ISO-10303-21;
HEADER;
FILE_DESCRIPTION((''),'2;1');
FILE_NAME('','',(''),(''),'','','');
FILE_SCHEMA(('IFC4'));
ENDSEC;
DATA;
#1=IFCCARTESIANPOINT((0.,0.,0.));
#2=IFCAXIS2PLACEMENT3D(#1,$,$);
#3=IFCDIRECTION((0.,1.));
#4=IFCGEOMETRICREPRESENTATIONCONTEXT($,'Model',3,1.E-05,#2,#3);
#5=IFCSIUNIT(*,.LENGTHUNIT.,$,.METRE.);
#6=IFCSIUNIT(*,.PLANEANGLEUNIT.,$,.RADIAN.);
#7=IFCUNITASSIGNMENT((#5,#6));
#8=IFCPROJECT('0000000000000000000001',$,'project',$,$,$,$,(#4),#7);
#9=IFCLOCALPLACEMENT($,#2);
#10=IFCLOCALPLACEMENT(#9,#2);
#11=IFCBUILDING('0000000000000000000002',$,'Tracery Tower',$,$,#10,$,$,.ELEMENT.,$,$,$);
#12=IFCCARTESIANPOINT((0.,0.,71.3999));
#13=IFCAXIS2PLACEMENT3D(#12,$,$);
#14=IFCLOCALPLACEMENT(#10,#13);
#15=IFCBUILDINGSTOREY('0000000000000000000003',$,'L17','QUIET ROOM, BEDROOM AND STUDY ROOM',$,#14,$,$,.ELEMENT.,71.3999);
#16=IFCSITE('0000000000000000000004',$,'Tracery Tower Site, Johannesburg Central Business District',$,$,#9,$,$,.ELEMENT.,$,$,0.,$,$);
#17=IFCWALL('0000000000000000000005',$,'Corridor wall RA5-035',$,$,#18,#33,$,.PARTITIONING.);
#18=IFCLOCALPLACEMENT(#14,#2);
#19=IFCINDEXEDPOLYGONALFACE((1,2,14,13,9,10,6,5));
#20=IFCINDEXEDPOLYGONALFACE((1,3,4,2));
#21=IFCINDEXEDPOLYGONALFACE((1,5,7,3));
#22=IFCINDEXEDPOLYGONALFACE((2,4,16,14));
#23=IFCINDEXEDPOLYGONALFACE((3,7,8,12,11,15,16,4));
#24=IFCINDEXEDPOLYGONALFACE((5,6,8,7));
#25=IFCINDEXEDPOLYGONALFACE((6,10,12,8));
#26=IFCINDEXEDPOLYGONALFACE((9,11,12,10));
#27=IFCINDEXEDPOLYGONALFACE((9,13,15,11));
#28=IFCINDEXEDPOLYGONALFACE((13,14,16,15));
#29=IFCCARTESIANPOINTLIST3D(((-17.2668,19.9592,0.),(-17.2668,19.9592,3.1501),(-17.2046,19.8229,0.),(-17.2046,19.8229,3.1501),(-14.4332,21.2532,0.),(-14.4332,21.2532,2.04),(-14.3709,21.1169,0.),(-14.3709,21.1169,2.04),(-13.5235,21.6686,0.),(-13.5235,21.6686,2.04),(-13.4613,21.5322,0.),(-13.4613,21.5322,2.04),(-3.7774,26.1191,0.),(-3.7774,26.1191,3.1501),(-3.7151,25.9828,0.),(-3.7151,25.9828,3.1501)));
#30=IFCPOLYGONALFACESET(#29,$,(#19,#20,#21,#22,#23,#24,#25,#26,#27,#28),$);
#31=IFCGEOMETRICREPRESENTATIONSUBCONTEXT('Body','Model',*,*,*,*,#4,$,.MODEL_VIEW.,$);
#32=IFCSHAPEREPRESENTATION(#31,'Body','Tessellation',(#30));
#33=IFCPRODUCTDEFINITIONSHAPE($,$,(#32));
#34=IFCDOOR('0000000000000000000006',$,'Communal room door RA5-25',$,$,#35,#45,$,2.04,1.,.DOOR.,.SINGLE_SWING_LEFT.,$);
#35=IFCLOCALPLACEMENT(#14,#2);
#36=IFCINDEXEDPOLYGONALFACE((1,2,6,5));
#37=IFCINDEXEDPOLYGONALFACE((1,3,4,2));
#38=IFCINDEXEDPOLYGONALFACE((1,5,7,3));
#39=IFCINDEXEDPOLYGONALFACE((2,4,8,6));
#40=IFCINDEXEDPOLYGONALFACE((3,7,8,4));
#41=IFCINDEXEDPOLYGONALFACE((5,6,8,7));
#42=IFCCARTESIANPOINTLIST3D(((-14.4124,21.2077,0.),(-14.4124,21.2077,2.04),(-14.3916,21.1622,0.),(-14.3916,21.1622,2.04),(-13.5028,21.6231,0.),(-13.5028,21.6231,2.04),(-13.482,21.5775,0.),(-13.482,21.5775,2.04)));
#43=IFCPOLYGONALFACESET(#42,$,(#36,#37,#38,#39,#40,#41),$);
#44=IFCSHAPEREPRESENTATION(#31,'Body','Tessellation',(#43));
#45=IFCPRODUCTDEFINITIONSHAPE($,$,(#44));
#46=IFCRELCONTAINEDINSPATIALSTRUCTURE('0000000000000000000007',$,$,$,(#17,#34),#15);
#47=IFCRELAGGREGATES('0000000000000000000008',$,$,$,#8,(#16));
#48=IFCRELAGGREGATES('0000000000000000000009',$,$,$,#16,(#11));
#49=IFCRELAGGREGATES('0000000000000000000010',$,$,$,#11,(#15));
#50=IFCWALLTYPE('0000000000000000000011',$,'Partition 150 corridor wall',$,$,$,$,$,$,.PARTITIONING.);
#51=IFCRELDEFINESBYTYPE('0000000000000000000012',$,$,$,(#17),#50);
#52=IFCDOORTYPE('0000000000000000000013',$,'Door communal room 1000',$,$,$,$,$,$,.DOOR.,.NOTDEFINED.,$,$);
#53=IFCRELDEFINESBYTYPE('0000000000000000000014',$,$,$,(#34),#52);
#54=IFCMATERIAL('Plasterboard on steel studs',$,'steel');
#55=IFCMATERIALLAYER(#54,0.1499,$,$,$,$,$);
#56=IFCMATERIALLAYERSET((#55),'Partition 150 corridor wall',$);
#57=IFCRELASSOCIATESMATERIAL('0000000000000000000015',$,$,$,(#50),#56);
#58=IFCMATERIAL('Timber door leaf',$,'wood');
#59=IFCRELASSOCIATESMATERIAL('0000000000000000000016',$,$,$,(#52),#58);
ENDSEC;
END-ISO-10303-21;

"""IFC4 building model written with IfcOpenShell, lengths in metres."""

from ifc_helpers import new_model, si_unit, direction, frame, frame_2d, origin, place, context, subcontext, project, spatial, rectangle, extrude, material, layer, layer_set, type_object, element, fill, save


model = new_model("IFC4")

# Units and contexts
model_context = context("Model", 3, precision=1e-05, world=origin(), true_north=direction((0.0, 1.0)))
body_context = subcontext(model_context, "Body", "Model", "MODEL_VIEW")
ifc_project = project(units=[si_unit("LENGTHUNIT", "METRE"), si_unit("PLANEANGLEUNIT", "RADIAN")], contexts=[model_context])

# Site, building, storey
site_placement = place(None, origin())
site = spatial("IfcSite", under=ifc_project, at=site_placement, Name="Tracery Tower Site, Johannesburg Central Business District", CompositionType="ELEMENT", RefElevation=0.0)
building_placement = place(site_placement, origin())
building = spatial("IfcBuilding", under=site, at=building_placement, Name="Tracery Tower", CompositionType="ELEMENT")
storey_placement = place(building_placement, frame((0.0, 0.0, 71.3999)))
storey = spatial("IfcBuildingStorey", under=building, at=storey_placement, Name="L17", Description="QUIET ROOM, BEDROOM AND STUDY ROOM", CompositionType="ELEMENT", Elevation=71.3999)

# Shared definitions
ifc_material_1 = material(Name="Plasterboard on steel studs", Category="steel")
ifc_layer_1 = layer(ifc_material_1, 0.1499)
ifc_layer_set_1 = layer_set([ifc_layer_1], Name="Partition 150 corridor wall")
wall_type_1 = type_object("IfcWallType", Name="Partition 150 corridor wall", PredefinedType="PARTITIONING", material=ifc_layer_set_1)

# Wall, opening, door
wall_1_placement = place(storey_placement, frame((-17.2356, 19.8911, 0.0), z_axis=(0.0, 0.0, 1.0), x_axis=(0.909646, 0.415385, 0.0)))
wall_1 = element("IfcWall", 1, at=wall_1_placement, inside=storey, type_object=wall_type_1, Name="Corridor wall RA5-035", PredefinedType="PARTITIONING", context=body_context, shape_type="SweptSolid", body=[
    extrude(rectangle(XDim=14.8293, YDim=0.1499, at=frame_2d((7.4146, 0.0))), origin(), (0.0, 0.0, 1.0), 3.1501),
])
opening_1_placement = place(wall_1_placement, frame((3.115, 0.0, 0.0)))
opening_1 = element("IfcOpeningElement", 2, at=opening_1_placement, cuts=wall_1, PredefinedType="OPENING", context=body_context, shape_type="SweptSolid", body=[
    extrude(rectangle(XDim=1.0, YDim=2.04, at=frame_2d((0.5, 1.02))), frame((0.0, 0.075, 0.0), z_axis=(0.0, -1.0, 0.0), x_axis=(1.0, 0.0, 0.0)), (0.0, 0.0, 1.0), 0.1499),
])
ifc_material_2 = material(Name="Timber door leaf", Category="wood")
door_type = type_object("IfcDoorType", Name="Door communal room 1000", OperationType="NOTDEFINED", PredefinedType="DOOR", material=ifc_material_2)
door_placement = place(opening_1_placement, origin())
door = element("IfcDoor", 3, at=door_placement, inside=storey, type_object=door_type, Name="Communal room door RA5-25", OperationType="SINGLE_SWING_LEFT", OverallHeight=2.04, OverallWidth=1.0, PredefinedType="DOOR", context=body_context, shape_type="SweptSolid", body=[
    extrude(rectangle(XDim=1.0, YDim=2.04, at=frame_2d((0.5, 1.02))), frame((0.0, 0.0249, 0.0), z_axis=(0.0, -1.0, 0.0), x_axis=(1.0, 0.0, 0.0)), (0.0, 0.0, 1.0), 0.05),
])
fill(opening_1, door)

save(model, "model.ifc")
